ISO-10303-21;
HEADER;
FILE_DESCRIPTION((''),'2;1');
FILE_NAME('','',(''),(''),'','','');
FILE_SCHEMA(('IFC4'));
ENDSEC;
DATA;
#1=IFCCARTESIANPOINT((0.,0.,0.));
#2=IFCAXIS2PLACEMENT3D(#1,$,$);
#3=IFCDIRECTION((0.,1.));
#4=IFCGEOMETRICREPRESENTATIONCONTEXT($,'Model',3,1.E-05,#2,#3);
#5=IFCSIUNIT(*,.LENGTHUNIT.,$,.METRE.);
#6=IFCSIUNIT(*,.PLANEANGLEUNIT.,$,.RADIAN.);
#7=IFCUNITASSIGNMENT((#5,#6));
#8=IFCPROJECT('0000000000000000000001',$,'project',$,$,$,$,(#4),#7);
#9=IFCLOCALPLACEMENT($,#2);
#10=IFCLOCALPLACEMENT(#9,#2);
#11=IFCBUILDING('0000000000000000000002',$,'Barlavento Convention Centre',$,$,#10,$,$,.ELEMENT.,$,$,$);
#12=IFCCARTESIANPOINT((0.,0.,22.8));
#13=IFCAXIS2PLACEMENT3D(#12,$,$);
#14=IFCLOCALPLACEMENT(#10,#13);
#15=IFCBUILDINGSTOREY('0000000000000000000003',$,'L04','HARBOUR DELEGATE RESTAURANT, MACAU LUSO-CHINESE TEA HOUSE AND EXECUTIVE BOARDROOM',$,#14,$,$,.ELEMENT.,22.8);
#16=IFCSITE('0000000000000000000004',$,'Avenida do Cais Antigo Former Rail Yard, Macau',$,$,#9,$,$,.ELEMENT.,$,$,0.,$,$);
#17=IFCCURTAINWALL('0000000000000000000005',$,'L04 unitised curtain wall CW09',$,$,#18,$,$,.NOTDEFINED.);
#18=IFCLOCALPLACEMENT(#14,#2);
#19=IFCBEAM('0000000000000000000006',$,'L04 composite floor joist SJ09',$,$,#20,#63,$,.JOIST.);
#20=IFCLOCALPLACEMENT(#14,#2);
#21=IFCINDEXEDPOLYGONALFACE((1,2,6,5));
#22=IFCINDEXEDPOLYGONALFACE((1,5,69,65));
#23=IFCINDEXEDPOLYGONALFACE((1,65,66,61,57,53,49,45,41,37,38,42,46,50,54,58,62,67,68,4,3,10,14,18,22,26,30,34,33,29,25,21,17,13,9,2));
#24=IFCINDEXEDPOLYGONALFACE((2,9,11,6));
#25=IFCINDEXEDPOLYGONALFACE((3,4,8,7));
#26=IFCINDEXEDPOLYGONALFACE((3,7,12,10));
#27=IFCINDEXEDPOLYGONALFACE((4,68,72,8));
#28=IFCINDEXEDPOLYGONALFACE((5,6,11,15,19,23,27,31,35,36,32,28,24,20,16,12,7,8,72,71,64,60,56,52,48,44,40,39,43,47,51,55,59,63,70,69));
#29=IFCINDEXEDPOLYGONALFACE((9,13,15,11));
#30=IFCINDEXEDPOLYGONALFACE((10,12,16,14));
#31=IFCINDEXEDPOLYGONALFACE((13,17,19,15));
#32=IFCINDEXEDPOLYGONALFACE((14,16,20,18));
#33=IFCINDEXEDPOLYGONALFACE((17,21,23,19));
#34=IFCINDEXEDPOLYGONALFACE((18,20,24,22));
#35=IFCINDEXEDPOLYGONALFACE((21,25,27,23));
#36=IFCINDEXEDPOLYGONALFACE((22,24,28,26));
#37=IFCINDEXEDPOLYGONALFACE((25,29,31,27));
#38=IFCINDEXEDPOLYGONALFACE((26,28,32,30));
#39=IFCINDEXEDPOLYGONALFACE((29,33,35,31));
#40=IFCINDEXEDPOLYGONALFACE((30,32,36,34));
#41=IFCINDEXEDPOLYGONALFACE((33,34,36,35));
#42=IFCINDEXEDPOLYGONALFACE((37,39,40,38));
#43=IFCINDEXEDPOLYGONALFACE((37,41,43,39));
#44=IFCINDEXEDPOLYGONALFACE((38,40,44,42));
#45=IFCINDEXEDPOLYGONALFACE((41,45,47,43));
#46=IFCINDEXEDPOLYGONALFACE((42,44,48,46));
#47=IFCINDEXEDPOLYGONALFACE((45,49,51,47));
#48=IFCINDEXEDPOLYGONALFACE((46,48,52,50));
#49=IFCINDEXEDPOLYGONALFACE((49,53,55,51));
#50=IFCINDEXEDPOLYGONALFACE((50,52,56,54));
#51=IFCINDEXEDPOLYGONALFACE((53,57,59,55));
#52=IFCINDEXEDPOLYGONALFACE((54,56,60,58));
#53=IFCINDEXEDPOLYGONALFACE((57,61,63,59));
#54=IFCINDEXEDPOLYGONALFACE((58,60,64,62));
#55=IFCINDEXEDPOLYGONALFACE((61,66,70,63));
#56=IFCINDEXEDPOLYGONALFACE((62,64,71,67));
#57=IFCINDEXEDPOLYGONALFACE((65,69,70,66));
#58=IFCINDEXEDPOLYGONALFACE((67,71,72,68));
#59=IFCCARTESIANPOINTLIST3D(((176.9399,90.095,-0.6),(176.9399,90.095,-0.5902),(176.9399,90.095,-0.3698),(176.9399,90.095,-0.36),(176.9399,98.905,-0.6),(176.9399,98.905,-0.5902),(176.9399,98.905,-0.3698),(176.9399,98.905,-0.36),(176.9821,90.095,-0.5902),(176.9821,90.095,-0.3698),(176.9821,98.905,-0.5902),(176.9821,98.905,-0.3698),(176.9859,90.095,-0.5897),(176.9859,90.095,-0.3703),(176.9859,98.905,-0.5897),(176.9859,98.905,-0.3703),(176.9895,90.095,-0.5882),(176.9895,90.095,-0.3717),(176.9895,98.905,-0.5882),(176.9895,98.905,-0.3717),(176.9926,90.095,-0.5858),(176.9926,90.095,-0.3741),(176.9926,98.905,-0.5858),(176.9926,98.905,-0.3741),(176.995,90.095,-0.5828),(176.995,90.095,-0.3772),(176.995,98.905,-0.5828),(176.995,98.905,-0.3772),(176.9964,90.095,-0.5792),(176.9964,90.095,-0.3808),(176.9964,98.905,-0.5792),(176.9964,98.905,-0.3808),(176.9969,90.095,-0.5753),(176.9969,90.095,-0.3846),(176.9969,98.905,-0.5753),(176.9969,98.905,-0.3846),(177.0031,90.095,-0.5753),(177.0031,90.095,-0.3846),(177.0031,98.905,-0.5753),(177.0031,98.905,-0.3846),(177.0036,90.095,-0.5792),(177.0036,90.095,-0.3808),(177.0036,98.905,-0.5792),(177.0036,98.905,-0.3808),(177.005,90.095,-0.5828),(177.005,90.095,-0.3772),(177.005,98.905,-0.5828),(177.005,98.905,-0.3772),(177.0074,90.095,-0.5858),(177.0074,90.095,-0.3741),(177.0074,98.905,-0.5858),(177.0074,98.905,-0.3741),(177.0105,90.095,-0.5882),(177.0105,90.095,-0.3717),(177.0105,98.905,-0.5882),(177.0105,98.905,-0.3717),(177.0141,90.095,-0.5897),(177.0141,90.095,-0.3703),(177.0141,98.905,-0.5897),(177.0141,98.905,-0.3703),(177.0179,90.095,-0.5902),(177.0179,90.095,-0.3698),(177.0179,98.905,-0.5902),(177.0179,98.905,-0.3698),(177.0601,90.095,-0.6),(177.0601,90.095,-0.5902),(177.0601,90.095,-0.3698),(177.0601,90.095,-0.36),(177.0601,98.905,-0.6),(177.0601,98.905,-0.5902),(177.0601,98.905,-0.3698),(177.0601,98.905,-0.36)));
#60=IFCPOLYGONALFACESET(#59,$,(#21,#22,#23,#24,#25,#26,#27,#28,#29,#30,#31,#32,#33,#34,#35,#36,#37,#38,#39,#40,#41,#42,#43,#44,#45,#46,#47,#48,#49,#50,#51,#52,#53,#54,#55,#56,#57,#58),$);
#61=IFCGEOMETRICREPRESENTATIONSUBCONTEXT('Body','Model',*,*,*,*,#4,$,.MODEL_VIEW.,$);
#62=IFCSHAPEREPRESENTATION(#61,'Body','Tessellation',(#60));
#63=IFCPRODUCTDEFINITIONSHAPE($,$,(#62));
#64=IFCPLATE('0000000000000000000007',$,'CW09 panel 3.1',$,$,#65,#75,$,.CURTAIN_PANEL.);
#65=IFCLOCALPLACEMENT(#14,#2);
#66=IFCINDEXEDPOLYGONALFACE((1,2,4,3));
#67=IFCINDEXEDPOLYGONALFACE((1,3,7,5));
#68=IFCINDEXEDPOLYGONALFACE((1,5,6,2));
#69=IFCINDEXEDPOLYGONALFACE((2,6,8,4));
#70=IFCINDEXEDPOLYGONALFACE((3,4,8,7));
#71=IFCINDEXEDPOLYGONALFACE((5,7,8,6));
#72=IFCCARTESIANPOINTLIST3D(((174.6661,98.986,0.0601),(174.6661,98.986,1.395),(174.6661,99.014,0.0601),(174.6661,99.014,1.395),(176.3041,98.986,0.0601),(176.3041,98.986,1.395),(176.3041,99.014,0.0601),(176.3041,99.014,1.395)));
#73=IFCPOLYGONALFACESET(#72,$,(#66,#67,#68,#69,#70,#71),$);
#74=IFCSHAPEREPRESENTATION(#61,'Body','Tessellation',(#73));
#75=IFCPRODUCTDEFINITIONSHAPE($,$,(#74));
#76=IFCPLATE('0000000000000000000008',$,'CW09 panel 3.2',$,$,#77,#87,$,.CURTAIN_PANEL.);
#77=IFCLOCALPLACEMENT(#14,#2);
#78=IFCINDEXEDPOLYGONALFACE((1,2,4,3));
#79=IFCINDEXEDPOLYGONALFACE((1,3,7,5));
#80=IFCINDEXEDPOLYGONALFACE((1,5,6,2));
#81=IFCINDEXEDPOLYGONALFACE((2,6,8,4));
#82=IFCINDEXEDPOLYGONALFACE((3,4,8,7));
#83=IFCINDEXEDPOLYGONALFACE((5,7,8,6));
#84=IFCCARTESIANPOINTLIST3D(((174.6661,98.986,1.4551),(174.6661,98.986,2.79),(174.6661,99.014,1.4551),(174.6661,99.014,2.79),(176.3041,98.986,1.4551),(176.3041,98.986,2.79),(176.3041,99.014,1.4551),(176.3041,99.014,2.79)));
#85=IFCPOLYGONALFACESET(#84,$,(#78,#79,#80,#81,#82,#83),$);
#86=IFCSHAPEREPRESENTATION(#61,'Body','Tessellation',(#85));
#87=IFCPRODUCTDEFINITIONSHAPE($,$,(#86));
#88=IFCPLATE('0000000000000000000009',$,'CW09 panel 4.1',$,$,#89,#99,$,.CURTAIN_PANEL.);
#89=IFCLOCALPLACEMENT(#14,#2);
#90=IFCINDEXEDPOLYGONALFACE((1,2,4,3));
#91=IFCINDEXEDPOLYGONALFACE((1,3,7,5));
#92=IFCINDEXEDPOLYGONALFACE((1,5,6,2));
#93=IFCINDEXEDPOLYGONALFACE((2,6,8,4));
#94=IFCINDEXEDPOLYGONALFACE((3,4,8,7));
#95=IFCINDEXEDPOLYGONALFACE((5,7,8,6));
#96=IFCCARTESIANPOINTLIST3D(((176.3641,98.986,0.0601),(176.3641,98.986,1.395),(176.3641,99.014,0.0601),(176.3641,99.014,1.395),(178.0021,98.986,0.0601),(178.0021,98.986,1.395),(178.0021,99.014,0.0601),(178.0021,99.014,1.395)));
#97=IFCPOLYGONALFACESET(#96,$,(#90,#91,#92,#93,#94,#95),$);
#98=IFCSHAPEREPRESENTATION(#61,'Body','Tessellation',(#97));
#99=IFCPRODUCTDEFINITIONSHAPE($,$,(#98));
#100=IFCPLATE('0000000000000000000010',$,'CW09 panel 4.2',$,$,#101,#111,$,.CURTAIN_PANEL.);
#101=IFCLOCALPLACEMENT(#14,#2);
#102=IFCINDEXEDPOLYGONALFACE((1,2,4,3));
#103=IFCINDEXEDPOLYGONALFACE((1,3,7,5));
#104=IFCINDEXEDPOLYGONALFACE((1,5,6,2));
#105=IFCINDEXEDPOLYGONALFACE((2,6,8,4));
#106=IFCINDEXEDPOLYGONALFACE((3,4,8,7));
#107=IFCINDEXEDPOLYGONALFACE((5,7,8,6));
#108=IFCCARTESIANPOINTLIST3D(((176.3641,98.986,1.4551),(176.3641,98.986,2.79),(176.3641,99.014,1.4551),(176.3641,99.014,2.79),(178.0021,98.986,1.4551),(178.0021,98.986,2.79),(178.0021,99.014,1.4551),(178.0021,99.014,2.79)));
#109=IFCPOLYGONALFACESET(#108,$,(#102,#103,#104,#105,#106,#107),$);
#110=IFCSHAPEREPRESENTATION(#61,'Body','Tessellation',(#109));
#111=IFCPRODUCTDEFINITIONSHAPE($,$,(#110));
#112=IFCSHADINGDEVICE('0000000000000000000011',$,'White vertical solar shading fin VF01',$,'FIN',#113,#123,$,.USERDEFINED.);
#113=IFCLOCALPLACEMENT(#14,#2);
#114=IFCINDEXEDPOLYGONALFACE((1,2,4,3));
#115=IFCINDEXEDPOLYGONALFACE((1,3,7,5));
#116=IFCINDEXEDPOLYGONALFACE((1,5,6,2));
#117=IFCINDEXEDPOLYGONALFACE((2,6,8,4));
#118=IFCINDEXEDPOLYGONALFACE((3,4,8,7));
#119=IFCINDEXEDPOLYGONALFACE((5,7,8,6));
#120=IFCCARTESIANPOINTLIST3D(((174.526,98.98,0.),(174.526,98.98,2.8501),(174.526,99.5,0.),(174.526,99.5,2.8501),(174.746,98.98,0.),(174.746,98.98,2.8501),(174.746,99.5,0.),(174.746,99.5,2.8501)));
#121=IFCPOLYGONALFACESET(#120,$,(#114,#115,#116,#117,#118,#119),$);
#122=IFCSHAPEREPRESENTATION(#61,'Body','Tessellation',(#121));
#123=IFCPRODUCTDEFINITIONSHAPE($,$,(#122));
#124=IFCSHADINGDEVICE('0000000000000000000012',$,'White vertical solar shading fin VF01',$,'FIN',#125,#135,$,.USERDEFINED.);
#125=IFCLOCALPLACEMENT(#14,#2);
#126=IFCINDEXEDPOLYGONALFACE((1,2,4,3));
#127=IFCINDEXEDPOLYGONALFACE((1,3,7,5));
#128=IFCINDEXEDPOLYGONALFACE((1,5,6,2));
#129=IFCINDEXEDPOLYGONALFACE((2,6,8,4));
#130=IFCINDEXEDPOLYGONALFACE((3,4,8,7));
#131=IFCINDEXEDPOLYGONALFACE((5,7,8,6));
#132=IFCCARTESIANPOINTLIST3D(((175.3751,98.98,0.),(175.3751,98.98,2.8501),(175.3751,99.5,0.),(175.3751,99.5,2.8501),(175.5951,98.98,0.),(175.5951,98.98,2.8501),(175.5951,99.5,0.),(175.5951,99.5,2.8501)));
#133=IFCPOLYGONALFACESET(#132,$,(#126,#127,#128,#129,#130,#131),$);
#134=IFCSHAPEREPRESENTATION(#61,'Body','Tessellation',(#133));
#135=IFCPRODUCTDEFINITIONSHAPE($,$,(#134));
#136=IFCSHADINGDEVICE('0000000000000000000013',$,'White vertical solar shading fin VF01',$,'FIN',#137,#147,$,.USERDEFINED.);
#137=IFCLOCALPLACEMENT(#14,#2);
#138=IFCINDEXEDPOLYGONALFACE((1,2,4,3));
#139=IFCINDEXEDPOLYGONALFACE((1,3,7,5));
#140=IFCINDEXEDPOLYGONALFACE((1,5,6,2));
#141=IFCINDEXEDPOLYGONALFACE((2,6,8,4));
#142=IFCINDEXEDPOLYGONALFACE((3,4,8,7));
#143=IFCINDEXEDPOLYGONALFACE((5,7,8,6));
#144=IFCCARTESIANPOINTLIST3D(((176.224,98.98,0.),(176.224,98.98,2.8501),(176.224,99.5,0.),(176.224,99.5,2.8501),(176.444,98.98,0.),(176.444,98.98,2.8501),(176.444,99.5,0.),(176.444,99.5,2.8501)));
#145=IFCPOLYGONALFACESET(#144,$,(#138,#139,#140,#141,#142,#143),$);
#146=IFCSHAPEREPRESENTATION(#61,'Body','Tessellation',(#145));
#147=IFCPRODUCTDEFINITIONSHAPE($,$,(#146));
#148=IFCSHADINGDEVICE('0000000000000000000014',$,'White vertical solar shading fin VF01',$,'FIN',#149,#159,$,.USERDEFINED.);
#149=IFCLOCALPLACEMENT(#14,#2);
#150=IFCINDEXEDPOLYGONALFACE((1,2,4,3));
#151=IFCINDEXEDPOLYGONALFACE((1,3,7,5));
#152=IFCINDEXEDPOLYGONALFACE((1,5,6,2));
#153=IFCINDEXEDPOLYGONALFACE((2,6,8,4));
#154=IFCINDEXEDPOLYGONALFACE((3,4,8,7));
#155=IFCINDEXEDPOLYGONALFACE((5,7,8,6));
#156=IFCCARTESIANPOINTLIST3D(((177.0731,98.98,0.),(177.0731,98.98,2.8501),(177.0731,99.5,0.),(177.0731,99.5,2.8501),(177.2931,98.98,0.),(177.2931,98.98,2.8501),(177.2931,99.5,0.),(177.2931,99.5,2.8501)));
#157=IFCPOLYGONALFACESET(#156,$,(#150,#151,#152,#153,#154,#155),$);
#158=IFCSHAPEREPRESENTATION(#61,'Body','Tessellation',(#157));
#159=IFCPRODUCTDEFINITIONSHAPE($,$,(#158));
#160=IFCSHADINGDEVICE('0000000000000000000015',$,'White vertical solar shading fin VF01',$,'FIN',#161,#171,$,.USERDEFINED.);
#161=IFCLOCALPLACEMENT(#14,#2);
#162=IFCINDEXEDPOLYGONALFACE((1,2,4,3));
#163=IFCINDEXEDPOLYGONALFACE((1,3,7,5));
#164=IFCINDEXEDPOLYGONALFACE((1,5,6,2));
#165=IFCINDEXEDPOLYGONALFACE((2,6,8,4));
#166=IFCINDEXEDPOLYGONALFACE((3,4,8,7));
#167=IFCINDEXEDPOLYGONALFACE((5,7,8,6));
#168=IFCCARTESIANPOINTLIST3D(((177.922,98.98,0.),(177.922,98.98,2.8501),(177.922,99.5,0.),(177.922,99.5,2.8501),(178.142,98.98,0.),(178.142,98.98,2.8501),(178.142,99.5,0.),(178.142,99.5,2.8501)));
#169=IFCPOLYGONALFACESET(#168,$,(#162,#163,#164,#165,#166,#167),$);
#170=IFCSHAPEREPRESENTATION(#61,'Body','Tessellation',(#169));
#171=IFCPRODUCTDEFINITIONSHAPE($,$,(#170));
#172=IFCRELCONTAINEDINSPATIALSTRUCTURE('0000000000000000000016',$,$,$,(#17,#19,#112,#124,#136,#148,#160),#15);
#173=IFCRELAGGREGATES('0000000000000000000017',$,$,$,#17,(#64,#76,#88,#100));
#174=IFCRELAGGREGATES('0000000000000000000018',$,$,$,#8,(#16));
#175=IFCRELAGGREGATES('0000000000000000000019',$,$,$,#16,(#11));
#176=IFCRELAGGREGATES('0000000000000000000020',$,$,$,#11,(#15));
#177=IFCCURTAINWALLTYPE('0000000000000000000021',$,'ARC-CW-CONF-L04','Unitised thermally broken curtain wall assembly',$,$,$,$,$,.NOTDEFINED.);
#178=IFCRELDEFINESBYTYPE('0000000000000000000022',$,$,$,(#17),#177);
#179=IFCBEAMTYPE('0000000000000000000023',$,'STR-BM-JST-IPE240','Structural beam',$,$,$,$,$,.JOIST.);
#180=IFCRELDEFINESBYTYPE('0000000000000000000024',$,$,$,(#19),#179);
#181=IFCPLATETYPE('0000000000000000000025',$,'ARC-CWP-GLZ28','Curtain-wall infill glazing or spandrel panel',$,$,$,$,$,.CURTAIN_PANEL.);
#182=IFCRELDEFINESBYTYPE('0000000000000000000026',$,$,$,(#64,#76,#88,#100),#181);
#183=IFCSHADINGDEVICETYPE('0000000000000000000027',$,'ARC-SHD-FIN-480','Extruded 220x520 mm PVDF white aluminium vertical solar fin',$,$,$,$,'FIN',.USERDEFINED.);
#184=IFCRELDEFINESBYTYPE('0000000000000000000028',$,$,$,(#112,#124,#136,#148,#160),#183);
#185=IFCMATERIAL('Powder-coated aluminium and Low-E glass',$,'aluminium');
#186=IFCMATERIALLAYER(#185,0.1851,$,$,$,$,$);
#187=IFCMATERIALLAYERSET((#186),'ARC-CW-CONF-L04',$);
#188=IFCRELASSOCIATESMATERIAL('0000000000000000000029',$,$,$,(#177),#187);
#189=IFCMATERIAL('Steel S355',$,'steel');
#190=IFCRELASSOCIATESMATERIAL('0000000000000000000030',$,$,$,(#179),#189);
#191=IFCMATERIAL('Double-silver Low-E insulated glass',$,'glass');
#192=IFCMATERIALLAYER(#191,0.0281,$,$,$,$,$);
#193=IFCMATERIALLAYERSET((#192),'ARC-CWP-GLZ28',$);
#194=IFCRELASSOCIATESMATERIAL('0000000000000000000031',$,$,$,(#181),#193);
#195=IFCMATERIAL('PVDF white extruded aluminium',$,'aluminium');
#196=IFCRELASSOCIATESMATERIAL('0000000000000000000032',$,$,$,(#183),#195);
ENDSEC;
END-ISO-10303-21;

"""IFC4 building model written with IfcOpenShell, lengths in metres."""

from ifc_helpers import new_model, si_unit, direction, frame, origin, origin_2d, place, context, subcontext, project, spatial, rectangle, i_section, extrude, material, layer, layer_set, material_profile, profile_set, type_object, element, aggregate, save


model = new_model("IFC4")

# Units and contexts
model_context = context("Model", 3, precision=1e-05, world=origin(), true_north=direction((0.0, 1.0)))
body_context = subcontext(model_context, "Body", "Model", "MODEL_VIEW")
ifc_project = project(units=[si_unit("LENGTHUNIT", "METRE"), si_unit("PLANEANGLEUNIT", "RADIAN")], contexts=[model_context])

# Site, building, storey
site_placement = place(None, origin())
site = spatial("IfcSite", under=ifc_project, at=site_placement, Name="Avenida do Cais Antigo Former Rail Yard, Macau", CompositionType="ELEMENT", RefElevation=0.0)
building_placement = place(site_placement, origin())
building = spatial("IfcBuilding", under=site, at=building_placement, Name="Barlavento Convention Centre", CompositionType="ELEMENT")
storey_placement = place(building_placement, frame((0.0, 0.0, 22.8)))
storey = spatial("IfcBuildingStorey", under=building, at=storey_placement, Name="L04", Description="HARBOUR DELEGATE RESTAURANT, MACAU LUSO-CHINESE TEA HOUSE AND EXECUTIVE BOARDROOM", CompositionType="ELEMENT", Elevation=22.8)

# Curtain wall
ifc_material_1 = material(Name="Powder-coated aluminium and Low-E glass", Category="aluminium")
ifc_layer_1 = layer(ifc_material_1, 0.1851)
ifc_layer_set_1 = layer_set([ifc_layer_1], Name="ARC-CW-CONF-L04")
curtain_wall_type = type_object("IfcCurtainWallType", Name="ARC-CW-CONF-L04", Description="Unitised thermally broken curtain wall assembly", PredefinedType="NOTDEFINED", material=ifc_layer_set_1)
curtain_wall_placement = place(storey_placement, origin())
curtain_wall = element("IfcCurtainWall", 1, at=curtain_wall_placement, inside=storey, type_object=curtain_wall_type, Name="L04 unitised curtain wall CW09", PredefinedType="NOTDEFINED")

# Beam
ifc_material_2 = material(Name="Steel S355", Category="steel")
ifc_material_profile_1 = material_profile(ifc_material_2, i_section(OverallWidth=0.1201, OverallDepth=0.24, WebThickness=0.0061, FlangeThickness=0.0098, FilletRadius=0.0149, at=origin_2d()), Name="IPE 240")
ifc_profile_set_1 = profile_set([ifc_material_profile_1], Name="Steel S355")
beam_type = type_object("IfcBeamType", Name="STR-BM-JST-IPE240", Description="Structural beam", PredefinedType="JOIST", material=ifc_profile_set_1)
beam_placement = place(storey_placement, frame((177.0, 90.095, -0.48), z_axis=(0.0, 1.0, 0.0), x_axis=(-1.0, 0.0, 0.0)))
element("IfcBeam", 2, at=beam_placement, inside=storey, type_object=beam_type, Name="L04 composite floor joist SJ09", PredefinedType="JOIST", context=body_context, shape_type="SweptSolid", body=[
    extrude(i_section(OverallWidth=0.1201, OverallDepth=0.24, WebThickness=0.0061, FlangeThickness=0.0098, FilletRadius=0.0149, at=origin_2d()), origin(), (0.0, 0.0, 1.0), 8.8101),
])

# Plates
ifc_material_3 = material(Name="Double-silver Low-E insulated glass", Category="glass")
ifc_layer_2 = layer(ifc_material_3, 0.0281)
ifc_layer_set_2 = layer_set([ifc_layer_2], Name="ARC-CWP-GLZ28")
plate_type = type_object("IfcPlateType", Name="ARC-CWP-GLZ28", Description="Curtain-wall infill glazing or spandrel panel", PredefinedType="CURTAIN_PANEL", material=ifc_layer_set_2)
plate_1_placement = place(storey_placement, frame((175.4851, 99.0, 0.0601), z_axis=(0.0, 0.0, 1.0), x_axis=(1.0, 0.0, 0.0)))
plate_1 = element("IfcPlate", 3, at=plate_1_placement, type_object=plate_type, Name="CW09 panel 3.1", PredefinedType="CURTAIN_PANEL", context=body_context, shape_type="SweptSolid", body=[
    extrude(rectangle(XDim=1.6379, YDim=0.0281, at=origin_2d()), origin(), (0.0, 0.0, 1.0), 1.335),
])
plate_2_placement = place(storey_placement, frame((175.4851, 99.0, 1.4551), z_axis=(0.0, 0.0, 1.0), x_axis=(1.0, 0.0, 0.0)))
plate_2 = element("IfcPlate", 4, at=plate_2_placement, type_object=plate_type, Name="CW09 panel 3.2", PredefinedType="CURTAIN_PANEL", context=body_context, shape_type="SweptSolid", body=[
    extrude(rectangle(XDim=1.6379, YDim=0.0281, at=origin_2d()), origin(), (0.0, 0.0, 1.0), 1.335),
])
plate_3_placement = place(storey_placement, frame((177.1831, 99.0, 0.0601), z_axis=(0.0, 0.0, 1.0), x_axis=(1.0, 0.0, 0.0)))
plate_3 = element("IfcPlate", 5, at=plate_3_placement, type_object=plate_type, Name="CW09 panel 4.1", PredefinedType="CURTAIN_PANEL", context=body_context, shape_type="SweptSolid", body=[
    extrude(rectangle(XDim=1.6379, YDim=0.0281, at=origin_2d()), origin(), (0.0, 0.0, 1.0), 1.335),
])
plate_4_placement = place(storey_placement, frame((177.1831, 99.0, 1.4551), z_axis=(0.0, 0.0, 1.0), x_axis=(1.0, 0.0, 0.0)))
plate_4 = element("IfcPlate", 6, at=plate_4_placement, type_object=plate_type, Name="CW09 panel 4.2", PredefinedType="CURTAIN_PANEL", context=body_context, shape_type="SweptSolid", body=[
    extrude(rectangle(XDim=1.6379, YDim=0.0281, at=origin_2d()), origin(), (0.0, 0.0, 1.0), 1.335),
])
aggregate(curtain_wall, [plate_1, plate_2, plate_3, plate_4])

# Shading devices
ifc_material_4 = material(Name="PVDF white extruded aluminium", Category="aluminium")
shading_device_type = type_object("IfcShadingDeviceType", Name="ARC-SHD-FIN-480", Description="Extruded 220x520 mm PVDF white aluminium vertical solar fin", ElementType="FIN", PredefinedType="USERDEFINED", material=ifc_material_4)
for number, where, z_axis, x_axis, name in (
    (7, (174.636, 99.24, 0.0), (0.0, 0.0, 1.0), (1.0, 0.0, 0.0), "White vertical solar shading fin VF01"),
    (8, (175.4851, 99.24, 0.0), (0.0, 0.0, 1.0), (1.0, 0.0, 0.0), "White vertical solar shading fin VF01"),
    (9, (176.334, 99.24, 0.0), (0.0, 0.0, 1.0), (1.0, 0.0, 0.0), "White vertical solar shading fin VF01"),
    (10, (177.1831, 99.24, 0.0), (0.0, 0.0, 1.0), (1.0, 0.0, 0.0), "White vertical solar shading fin VF01"),
    (11, (178.032, 99.24, 0.0), (0.0, 0.0, 1.0), (1.0, 0.0, 0.0), "White vertical solar shading fin VF01"),
):
    element("IfcShadingDevice", number, at=place(storey_placement, frame(where, z_axis=z_axis, x_axis=x_axis)), inside=storey, type_object=shading_device_type, Name=name, ObjectType="FIN", PredefinedType="USERDEFINED", context=body_context, shape_type="SweptSolid", body=[
        extrude(rectangle(XDim=0.22, YDim=0.52, at=origin_2d()), origin(), (0.0, 0.0, 1.0), 2.8501),
    ])

save(model, "model.ifc")
